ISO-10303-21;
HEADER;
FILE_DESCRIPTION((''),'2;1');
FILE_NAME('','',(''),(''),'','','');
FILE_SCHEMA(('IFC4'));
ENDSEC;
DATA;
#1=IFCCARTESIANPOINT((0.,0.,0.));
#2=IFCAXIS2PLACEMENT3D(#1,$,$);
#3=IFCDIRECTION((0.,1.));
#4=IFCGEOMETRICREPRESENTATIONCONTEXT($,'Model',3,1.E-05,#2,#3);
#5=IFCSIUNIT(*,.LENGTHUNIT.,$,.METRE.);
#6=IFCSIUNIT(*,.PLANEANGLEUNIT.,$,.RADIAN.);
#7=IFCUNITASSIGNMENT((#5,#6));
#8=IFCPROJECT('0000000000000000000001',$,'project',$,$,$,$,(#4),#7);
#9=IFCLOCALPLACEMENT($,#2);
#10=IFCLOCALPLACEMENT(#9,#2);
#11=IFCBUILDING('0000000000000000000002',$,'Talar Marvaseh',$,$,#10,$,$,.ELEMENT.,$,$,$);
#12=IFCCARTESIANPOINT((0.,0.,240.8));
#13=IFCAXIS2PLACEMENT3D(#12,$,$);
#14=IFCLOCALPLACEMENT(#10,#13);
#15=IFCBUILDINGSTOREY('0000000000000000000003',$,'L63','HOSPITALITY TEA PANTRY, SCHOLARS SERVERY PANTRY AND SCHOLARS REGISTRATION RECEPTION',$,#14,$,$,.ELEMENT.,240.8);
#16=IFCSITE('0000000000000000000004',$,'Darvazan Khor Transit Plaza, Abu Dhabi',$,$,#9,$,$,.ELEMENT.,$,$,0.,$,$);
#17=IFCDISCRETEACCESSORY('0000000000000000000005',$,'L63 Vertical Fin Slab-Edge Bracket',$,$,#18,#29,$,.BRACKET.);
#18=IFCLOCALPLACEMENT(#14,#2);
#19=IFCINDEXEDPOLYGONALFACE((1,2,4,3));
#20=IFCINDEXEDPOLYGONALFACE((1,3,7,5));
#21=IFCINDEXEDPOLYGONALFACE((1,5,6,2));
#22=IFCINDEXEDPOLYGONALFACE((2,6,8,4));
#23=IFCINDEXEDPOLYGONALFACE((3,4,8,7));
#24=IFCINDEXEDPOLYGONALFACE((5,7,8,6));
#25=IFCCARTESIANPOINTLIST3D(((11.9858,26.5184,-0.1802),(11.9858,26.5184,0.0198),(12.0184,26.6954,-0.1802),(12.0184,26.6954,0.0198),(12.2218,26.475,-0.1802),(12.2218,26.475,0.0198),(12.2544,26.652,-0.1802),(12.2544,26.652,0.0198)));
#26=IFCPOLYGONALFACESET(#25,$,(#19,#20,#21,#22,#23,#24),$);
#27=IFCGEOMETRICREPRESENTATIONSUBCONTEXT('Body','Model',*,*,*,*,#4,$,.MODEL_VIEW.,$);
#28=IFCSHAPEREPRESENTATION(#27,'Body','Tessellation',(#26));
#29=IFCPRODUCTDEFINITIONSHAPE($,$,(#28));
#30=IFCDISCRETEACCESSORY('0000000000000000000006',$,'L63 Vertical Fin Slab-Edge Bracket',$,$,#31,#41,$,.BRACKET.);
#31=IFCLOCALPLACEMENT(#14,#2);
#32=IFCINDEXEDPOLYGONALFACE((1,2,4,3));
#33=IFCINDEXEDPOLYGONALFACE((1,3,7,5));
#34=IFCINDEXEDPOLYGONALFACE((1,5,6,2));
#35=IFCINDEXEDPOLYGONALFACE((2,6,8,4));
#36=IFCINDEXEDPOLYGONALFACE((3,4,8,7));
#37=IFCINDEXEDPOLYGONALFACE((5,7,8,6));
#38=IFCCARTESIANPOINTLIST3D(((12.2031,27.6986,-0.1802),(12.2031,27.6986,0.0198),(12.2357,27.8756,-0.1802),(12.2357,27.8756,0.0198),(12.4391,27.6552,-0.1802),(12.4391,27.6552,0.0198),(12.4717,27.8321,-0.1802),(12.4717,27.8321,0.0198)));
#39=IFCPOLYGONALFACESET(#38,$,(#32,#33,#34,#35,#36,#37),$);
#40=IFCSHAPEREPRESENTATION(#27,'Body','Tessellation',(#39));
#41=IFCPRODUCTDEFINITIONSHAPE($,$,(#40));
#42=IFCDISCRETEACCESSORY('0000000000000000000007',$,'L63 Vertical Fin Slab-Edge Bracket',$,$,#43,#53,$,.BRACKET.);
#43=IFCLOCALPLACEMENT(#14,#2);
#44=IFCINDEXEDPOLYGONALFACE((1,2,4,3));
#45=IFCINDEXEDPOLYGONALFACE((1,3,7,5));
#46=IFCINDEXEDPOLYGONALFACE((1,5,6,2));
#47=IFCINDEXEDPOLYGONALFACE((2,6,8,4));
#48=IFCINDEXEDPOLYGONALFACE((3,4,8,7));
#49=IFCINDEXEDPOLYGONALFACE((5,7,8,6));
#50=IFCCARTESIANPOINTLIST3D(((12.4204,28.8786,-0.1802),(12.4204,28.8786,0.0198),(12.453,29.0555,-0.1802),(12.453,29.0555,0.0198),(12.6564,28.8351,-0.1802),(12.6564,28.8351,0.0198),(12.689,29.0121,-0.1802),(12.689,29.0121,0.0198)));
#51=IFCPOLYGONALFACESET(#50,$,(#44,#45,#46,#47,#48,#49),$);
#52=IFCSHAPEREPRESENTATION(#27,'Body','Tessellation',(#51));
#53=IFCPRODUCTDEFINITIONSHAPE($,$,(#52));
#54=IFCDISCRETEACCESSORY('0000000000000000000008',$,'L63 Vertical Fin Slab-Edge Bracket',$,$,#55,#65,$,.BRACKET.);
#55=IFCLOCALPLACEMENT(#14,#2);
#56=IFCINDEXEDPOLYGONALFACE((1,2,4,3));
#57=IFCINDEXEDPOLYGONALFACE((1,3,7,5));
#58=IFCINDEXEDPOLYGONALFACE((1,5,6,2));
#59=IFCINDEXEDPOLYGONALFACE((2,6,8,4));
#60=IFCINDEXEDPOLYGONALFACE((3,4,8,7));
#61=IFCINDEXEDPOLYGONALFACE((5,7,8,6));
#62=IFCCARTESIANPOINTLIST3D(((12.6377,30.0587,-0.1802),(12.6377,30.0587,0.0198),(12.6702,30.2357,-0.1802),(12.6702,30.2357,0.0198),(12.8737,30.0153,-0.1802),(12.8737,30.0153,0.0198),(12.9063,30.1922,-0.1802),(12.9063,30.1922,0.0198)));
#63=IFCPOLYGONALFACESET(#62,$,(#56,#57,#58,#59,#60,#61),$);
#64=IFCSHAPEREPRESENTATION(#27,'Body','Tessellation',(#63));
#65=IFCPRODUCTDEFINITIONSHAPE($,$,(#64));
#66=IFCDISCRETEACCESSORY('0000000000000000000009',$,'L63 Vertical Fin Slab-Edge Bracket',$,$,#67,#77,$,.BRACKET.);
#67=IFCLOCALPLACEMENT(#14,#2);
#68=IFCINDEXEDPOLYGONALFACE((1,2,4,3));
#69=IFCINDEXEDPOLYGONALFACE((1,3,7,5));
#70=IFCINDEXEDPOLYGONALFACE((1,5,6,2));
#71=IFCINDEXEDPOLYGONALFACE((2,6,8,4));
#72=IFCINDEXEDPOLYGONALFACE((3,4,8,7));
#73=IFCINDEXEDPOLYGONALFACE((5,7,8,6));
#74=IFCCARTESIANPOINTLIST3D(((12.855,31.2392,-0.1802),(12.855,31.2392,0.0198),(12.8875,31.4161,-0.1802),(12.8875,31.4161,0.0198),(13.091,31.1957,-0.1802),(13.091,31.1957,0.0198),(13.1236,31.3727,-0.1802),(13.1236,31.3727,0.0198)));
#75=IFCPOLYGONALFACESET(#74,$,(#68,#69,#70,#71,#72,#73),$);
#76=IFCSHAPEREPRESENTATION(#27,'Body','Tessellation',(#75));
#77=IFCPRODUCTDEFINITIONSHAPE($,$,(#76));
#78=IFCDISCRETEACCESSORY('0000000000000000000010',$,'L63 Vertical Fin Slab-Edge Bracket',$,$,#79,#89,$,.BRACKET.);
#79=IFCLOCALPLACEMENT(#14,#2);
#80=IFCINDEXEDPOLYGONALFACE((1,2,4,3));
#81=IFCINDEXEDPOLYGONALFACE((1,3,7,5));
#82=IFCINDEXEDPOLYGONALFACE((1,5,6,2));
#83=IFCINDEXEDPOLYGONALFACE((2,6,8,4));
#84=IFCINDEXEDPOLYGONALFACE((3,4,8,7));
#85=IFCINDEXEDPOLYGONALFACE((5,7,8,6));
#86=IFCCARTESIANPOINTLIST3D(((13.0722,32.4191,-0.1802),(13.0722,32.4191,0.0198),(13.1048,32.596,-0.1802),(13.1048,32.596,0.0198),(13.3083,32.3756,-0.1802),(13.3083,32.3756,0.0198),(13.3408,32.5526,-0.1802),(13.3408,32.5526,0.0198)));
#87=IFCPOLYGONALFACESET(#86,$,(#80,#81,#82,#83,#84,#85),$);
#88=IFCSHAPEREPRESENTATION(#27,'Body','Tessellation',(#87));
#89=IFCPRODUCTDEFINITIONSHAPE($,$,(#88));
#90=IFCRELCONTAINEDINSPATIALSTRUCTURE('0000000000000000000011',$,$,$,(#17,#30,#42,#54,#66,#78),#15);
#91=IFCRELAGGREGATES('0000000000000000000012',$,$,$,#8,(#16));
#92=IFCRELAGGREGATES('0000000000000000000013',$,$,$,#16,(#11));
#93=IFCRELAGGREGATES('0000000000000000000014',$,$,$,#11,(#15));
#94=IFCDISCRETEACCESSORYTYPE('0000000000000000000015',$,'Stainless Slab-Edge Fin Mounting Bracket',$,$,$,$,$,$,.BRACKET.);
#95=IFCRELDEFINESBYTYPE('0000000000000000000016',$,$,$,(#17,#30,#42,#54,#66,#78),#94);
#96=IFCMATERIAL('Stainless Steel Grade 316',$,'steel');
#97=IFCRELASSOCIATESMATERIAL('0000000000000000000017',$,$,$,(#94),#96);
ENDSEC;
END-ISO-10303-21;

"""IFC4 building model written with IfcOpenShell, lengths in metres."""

from ifc_helpers import new_model, si_unit, direction, frame, origin, origin_2d, place, context, subcontext, project, spatial, rectangle, extrude, source, transform, mapped, material, type_object, type_shapes, element, save


model = new_model("IFC4")

# Units and contexts
model_context = context("Model", 3, precision=1e-05, world=origin(), true_north=direction((0.0, 1.0)))
body_context = subcontext(model_context, "Body", "Model", "MODEL_VIEW")
ifc_project = project(units=[si_unit("LENGTHUNIT", "METRE"), si_unit("PLANEANGLEUNIT", "RADIAN")], contexts=[model_context])

# Site, building, storey
site_placement = place(None, origin())
site = spatial("IfcSite", under=ifc_project, at=site_placement, Name="Darvazan Khor Transit Plaza, Abu Dhabi", CompositionType="ELEMENT", RefElevation=0.0)
building_placement = place(site_placement, origin())
building = spatial("IfcBuilding", under=site, at=building_placement, Name="Talar Marvaseh", CompositionType="ELEMENT")
storey_placement = place(building_placement, frame((0.0, 0.0, 240.8)))
storey = spatial("IfcBuildingStorey", under=building, at=storey_placement, Name="L63", Description="HOSPITALITY TEA PANTRY, SCHOLARS SERVERY PANTRY AND SCHOLARS REGISTRATION RECEPTION", CompositionType="ELEMENT", Elevation=240.8)

# Shared definitions
ifc_material_1 = material(Name="Stainless Steel Grade 316", Category="steel")

# Discrete accessories
discrete_accessory_type = type_object("IfcDiscreteAccessoryType", Name="Stainless Slab-Edge Fin Mounting Bracket", PredefinedType="BRACKET", material=ifc_material_1)
shared_shape_1 = source(origin(), body_context, "Body", "SweptSolid", [
    extrude(rectangle(XDim=0.24, YDim=0.1799, at=origin_2d()), origin(), (0.0, 0.0, 1.0), 0.2),
])
type_shapes(discrete_accessory_type, [shared_shape_1])
for number, where, z_axis, x_axis, name in (
    (1, (12.1201, 26.5852, -0.1802), (0.0, 0.0, 1.0), (-0.983477, 0.181034, 0.0), "L63 Vertical Fin Slab-Edge Bracket"),
    (2, (12.3374, 27.7654, -0.1802), (0.0, 0.0, 1.0), (-0.983477, 0.181034, 0.0), "L63 Vertical Fin Slab-Edge Bracket"),
    (3, (12.5547, 28.9453, -0.1802), (0.0, 0.0, 1.0), (-0.983477, 0.181034, 0.0), "L63 Vertical Fin Slab-Edge Bracket"),
    (4, (12.772, 30.1255, -0.1802), (0.0, 0.0, 1.0), (-0.983477, 0.181034, 0.0), "L63 Vertical Fin Slab-Edge Bracket"),
    (5, (12.9893, 31.3059, -0.1802), (0.0, 0.0, 1.0), (-0.983477, 0.181034, 0.0), "L63 Vertical Fin Slab-Edge Bracket"),
    (6, (13.2065, 32.4858, -0.1802), (0.0, 0.0, 1.0), (-0.983477, 0.181034, 0.0), "L63 Vertical Fin Slab-Edge Bracket"),
):
    element("IfcDiscreteAccessory", number, at=place(storey_placement, frame(where, z_axis=z_axis, x_axis=x_axis)), inside=storey, type_object=discrete_accessory_type, Name=name, PredefinedType="BRACKET", context=body_context, shape_type="MappedRepresentation", body=[
        mapped(shared_shape_1, transform((0.0, 0.0, 0.0), x_axis=(1.0, 0.0, 0.0), y_axis=(0.0, 1.0, 0.0), z_axis=(0.0, 0.0, 1.0), scale=1.0)),
    ])

save(model, "model.ifc")
